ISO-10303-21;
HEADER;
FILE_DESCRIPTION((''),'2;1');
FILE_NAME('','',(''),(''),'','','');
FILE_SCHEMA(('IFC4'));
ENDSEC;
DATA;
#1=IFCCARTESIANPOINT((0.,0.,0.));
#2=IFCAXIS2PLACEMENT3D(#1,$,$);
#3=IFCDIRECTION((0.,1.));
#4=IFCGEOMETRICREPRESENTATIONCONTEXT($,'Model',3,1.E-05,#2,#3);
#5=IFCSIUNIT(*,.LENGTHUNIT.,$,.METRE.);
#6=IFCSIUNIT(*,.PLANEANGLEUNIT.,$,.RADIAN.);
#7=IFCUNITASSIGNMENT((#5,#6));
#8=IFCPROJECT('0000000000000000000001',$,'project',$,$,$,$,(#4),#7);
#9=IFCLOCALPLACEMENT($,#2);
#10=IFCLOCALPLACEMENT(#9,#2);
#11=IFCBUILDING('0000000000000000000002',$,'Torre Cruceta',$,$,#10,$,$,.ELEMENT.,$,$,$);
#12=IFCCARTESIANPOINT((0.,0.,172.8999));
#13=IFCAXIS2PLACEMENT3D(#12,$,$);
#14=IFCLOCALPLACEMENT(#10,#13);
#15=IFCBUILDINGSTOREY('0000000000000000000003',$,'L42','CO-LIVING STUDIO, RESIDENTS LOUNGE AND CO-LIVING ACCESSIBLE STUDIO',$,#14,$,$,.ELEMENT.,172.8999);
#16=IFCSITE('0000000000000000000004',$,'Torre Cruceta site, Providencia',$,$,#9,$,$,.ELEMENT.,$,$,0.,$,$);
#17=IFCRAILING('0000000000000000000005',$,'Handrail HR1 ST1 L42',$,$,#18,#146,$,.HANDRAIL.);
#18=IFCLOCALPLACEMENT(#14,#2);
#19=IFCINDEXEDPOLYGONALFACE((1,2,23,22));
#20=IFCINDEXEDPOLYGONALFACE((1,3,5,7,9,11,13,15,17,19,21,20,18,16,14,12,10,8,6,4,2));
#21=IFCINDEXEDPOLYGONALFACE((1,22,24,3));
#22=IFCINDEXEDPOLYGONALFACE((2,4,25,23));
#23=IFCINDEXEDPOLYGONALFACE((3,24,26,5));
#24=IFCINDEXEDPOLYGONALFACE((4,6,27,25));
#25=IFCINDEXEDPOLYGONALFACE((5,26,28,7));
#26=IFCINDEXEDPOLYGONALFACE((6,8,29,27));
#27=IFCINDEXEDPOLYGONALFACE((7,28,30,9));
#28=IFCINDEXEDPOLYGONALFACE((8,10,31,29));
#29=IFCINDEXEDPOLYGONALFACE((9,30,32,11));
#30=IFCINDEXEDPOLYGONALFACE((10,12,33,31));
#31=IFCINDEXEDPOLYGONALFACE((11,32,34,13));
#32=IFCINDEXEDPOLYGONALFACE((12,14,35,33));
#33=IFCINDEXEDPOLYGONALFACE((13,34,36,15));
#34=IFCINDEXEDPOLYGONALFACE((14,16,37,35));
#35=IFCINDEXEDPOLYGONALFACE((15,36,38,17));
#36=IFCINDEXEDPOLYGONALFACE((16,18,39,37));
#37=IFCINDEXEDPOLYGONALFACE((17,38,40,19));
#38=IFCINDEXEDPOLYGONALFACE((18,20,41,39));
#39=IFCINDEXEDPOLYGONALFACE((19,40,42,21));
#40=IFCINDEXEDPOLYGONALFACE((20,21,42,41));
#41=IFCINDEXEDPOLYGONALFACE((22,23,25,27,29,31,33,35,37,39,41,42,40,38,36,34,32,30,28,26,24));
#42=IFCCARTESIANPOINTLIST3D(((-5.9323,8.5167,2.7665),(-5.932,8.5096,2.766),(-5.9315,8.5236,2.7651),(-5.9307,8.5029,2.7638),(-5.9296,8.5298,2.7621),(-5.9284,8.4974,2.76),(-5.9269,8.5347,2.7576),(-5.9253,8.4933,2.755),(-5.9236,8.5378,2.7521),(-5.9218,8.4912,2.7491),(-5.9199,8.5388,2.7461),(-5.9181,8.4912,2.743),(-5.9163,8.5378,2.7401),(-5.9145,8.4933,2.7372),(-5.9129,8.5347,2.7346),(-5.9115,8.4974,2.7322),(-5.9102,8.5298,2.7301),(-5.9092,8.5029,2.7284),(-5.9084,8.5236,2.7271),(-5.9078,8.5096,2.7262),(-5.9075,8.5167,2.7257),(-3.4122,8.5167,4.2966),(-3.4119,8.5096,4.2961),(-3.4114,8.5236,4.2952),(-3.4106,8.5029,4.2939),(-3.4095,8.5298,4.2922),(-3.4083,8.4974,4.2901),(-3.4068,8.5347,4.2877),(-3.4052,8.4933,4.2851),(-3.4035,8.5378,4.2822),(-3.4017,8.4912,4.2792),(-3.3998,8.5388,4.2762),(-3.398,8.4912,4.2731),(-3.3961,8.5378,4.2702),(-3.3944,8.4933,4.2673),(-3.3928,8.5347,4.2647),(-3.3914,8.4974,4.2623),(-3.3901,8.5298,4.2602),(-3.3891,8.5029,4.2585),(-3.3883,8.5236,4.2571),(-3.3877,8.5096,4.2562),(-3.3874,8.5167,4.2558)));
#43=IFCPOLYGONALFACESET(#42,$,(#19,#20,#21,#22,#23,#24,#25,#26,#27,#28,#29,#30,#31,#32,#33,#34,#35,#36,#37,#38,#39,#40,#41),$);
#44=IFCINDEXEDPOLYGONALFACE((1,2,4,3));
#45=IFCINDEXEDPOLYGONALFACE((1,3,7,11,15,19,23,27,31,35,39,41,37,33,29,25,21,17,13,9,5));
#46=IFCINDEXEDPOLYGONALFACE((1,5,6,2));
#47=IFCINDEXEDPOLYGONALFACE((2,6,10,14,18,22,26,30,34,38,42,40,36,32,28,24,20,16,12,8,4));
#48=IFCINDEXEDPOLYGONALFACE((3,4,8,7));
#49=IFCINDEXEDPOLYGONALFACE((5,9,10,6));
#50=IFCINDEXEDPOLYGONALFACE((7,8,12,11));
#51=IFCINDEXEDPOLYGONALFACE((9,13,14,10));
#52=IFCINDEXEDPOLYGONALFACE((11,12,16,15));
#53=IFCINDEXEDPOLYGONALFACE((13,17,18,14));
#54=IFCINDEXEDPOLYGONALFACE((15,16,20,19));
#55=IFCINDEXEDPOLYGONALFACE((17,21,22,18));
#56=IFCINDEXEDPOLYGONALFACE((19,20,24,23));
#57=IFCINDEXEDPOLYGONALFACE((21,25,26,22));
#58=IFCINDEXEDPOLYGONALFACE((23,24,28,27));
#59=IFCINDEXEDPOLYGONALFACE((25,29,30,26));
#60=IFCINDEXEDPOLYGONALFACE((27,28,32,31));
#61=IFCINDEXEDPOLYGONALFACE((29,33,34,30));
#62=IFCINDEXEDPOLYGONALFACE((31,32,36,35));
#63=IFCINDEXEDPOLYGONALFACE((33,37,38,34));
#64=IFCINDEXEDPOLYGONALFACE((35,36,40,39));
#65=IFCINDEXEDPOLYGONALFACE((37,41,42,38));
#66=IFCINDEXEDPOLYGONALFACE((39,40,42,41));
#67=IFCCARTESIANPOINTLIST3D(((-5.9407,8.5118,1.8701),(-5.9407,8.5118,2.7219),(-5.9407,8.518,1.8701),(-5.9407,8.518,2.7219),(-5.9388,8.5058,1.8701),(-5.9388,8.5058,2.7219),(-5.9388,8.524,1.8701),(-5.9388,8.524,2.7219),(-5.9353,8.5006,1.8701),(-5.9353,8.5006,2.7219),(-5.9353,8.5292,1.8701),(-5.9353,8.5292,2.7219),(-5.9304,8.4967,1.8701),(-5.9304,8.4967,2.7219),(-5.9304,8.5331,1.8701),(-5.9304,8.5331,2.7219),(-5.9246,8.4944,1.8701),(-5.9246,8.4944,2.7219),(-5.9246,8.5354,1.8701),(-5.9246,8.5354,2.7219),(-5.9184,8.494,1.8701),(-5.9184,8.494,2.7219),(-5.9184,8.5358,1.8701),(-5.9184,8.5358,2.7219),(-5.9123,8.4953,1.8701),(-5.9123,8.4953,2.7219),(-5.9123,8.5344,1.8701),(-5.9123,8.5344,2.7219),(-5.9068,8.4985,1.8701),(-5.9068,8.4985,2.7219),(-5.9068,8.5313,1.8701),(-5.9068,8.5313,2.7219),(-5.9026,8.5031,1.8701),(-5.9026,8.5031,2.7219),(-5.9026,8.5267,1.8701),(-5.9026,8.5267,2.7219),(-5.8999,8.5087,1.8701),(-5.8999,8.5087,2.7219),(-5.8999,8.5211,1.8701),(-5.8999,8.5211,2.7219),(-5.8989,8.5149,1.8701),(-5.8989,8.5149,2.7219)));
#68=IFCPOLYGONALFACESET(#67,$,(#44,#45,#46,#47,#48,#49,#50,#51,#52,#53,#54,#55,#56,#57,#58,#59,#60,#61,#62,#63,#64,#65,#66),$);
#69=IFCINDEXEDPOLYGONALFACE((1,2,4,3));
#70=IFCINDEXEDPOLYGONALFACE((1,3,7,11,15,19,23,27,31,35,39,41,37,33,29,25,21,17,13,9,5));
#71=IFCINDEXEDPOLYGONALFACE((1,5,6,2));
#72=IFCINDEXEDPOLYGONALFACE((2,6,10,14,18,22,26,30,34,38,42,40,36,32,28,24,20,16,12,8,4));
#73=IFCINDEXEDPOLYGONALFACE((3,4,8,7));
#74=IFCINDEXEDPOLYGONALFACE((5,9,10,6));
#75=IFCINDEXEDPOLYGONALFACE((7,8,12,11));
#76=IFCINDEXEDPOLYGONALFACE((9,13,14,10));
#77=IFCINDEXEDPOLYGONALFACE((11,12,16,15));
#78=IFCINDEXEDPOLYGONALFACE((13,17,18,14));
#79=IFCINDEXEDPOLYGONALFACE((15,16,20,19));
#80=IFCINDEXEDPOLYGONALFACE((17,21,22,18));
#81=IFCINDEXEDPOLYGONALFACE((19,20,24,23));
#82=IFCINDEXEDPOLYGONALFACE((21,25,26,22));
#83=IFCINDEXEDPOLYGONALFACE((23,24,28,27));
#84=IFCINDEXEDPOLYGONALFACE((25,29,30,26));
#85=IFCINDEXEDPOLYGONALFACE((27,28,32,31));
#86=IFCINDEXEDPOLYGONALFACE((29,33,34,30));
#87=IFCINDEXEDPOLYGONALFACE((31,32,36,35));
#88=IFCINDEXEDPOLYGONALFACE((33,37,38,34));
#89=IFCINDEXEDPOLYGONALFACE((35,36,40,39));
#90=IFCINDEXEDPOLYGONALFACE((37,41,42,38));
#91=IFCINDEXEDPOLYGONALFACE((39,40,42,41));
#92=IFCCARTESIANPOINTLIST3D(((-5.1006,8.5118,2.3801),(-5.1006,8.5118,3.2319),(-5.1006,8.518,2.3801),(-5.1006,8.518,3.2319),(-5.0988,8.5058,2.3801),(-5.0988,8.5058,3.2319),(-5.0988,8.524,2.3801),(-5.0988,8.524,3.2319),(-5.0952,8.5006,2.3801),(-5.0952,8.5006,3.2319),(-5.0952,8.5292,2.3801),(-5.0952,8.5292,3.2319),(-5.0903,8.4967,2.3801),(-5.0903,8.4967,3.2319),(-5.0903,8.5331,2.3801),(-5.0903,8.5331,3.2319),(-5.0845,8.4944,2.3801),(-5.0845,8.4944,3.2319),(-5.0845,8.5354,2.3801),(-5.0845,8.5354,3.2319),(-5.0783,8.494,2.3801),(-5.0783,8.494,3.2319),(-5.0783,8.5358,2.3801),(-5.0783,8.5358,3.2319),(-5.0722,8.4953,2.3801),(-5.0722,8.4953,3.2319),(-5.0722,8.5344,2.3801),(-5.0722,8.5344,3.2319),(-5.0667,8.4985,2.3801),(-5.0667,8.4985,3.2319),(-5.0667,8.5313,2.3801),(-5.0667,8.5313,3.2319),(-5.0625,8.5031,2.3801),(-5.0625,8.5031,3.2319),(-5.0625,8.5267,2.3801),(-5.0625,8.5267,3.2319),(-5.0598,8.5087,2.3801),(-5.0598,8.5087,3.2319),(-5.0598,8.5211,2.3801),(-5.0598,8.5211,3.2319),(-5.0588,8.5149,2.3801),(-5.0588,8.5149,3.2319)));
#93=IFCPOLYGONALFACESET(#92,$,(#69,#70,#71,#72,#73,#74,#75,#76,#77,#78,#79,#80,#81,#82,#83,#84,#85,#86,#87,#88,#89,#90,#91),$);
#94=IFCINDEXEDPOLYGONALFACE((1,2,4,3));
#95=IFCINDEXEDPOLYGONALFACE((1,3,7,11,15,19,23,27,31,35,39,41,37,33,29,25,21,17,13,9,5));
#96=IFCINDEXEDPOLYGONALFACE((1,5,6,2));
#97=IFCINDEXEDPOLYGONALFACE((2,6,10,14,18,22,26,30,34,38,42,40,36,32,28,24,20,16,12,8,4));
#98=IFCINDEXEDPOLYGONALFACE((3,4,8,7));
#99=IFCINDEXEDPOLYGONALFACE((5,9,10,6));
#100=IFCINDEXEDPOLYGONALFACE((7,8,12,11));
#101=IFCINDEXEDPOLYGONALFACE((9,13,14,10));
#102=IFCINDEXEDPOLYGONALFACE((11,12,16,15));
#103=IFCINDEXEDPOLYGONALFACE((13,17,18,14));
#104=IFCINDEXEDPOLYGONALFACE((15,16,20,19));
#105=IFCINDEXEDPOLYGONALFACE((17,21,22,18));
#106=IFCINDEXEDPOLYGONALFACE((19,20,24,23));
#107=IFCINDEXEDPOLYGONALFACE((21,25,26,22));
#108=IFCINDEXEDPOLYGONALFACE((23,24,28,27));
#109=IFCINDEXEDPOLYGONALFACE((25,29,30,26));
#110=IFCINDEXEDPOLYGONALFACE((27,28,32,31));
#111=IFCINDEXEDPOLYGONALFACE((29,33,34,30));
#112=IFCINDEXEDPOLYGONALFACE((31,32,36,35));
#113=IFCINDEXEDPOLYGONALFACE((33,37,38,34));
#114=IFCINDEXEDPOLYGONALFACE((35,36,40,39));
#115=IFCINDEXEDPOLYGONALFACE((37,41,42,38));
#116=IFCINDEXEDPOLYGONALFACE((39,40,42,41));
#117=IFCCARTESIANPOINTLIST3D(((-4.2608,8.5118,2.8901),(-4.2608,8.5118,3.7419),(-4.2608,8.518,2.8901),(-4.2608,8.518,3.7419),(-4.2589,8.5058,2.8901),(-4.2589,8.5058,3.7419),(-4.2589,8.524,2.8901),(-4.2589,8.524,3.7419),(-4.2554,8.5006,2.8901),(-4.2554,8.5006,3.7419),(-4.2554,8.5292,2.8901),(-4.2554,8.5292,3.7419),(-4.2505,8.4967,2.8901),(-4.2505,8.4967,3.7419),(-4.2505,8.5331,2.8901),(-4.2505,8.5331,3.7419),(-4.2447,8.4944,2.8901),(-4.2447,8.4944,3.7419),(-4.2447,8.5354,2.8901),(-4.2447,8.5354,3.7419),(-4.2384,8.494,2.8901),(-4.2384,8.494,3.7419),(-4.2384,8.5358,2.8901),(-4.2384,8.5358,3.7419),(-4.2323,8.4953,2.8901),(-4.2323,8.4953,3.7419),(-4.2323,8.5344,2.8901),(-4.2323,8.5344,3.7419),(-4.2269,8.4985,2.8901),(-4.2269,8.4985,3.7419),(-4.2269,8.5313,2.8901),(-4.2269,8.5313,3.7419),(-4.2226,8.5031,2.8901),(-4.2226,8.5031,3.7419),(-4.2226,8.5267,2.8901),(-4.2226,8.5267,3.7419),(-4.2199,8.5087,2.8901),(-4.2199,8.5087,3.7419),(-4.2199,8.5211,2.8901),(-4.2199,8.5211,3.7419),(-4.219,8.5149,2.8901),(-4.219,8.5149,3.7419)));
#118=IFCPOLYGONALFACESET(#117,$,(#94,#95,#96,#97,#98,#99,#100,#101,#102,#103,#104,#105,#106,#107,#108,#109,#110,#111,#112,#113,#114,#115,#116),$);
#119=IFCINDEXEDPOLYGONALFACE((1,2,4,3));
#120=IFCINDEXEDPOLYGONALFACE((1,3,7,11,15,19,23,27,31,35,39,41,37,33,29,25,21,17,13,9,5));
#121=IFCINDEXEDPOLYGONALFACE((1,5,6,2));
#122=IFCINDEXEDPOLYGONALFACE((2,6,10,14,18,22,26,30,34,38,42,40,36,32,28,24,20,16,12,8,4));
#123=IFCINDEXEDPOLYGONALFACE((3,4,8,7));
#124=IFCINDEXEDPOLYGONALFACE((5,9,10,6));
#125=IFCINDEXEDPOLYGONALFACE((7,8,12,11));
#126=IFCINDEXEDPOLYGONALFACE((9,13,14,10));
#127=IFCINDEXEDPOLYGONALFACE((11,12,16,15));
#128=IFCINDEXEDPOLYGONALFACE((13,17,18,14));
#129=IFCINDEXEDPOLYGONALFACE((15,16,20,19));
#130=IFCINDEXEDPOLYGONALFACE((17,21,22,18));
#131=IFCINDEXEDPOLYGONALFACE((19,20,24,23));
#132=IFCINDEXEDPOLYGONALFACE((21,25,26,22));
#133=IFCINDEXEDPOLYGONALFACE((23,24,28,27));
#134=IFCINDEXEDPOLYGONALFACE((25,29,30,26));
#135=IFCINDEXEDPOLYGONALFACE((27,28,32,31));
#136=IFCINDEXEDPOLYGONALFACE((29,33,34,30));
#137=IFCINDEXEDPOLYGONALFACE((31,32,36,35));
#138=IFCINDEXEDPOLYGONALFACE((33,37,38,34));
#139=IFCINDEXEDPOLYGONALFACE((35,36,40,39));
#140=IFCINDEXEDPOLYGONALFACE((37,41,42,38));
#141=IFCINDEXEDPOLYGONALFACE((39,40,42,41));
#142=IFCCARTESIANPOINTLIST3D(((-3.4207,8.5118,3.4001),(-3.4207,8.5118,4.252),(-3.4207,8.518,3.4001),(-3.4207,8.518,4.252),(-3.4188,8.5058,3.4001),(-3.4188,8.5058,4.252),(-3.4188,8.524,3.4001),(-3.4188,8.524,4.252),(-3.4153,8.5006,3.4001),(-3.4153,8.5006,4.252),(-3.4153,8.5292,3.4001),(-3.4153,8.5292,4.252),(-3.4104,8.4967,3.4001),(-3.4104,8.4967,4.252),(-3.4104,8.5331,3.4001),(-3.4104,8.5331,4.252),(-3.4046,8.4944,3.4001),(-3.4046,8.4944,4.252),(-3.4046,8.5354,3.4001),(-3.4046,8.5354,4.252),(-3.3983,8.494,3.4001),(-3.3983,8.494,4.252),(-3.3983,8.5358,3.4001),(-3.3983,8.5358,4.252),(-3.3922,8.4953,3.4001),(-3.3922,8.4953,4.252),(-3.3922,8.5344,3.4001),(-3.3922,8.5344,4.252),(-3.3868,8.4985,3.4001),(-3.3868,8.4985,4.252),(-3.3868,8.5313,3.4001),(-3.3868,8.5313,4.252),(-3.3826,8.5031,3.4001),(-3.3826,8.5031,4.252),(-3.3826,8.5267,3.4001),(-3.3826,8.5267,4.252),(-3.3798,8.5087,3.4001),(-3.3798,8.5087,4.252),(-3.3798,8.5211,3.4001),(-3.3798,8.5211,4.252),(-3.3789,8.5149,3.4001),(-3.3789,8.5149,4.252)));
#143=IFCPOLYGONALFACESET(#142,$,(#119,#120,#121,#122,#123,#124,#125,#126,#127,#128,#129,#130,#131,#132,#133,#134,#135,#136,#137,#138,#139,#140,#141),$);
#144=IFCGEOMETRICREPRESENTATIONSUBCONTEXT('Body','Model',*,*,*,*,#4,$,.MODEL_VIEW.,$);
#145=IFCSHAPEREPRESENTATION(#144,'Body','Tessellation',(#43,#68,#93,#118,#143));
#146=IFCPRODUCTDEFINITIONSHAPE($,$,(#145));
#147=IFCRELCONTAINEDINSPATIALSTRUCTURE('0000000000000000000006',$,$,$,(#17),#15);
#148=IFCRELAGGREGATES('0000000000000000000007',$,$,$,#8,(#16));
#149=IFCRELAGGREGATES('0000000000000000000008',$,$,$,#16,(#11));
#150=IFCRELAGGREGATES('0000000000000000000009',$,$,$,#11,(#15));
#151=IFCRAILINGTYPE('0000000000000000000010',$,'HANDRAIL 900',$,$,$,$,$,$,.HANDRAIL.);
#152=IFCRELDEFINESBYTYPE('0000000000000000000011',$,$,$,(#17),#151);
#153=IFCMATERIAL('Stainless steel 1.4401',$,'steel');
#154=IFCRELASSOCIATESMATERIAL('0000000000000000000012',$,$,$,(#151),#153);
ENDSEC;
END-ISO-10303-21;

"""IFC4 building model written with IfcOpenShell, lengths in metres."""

from ifc_helpers import new_model, si_unit, direction, frame, origin, origin_2d, place, context, subcontext, project, spatial, circle, extrude, material, type_object, element, save


model = new_model("IFC4")

# Units and contexts
model_context = context("Model", 3, precision=1e-05, world=origin(), true_north=direction((0.0, 1.0)))
body_context = subcontext(model_context, "Body", "Model", "MODEL_VIEW")
ifc_project = project(units=[si_unit("LENGTHUNIT", "METRE"), si_unit("PLANEANGLEUNIT", "RADIAN")], contexts=[model_context])

# Site, building, storey
site_placement = place(None, origin())
site = spatial("IfcSite", under=ifc_project, at=site_placement, Name="Torre Cruceta site, Providencia", CompositionType="ELEMENT", RefElevation=0.0)
building_placement = place(site_placement, origin())
building = spatial("IfcBuilding", under=site, at=building_placement, Name="Torre Cruceta", CompositionType="ELEMENT")
storey_placement = place(building_placement, frame((0.0, 0.0, 172.8999)))
storey = spatial("IfcBuildingStorey", under=building, at=storey_placement, Name="L42", Description="CO-LIVING STUDIO, RESIDENTS LOUNGE AND CO-LIVING ACCESSIBLE STUDIO", CompositionType="ELEMENT", Elevation=172.8999)

# Railing
ifc_material_1 = material(Name="Stainless steel 1.4401", Category="steel")
railing_type = type_object("IfcRailingType", Name="HANDRAIL 900", PredefinedType="HANDRAIL", material=ifc_material_1)
railing_1_placement = place(storey_placement, frame((-5.9199, 8.5149, 1.8701)))
element("IfcRailing", 1, at=railing_1_placement, inside=storey, type_object=railing_type, Name="Handrail HR1 ST1 L42", PredefinedType="HANDRAIL", context=body_context, shape_type="SweptSolid", body=[
    extrude(circle(Radius=0.0239, at=origin_2d()), frame((0.0, 0.0, 0.876), z_axis=(0.854785, 0.0, 0.518982), x_axis=(0.0, 1.0, 0.0)), (0.0, 0.0, 1.0), 2.9482),
    extrude(circle(Radius=0.021, at=origin_2d()), origin(), (0.0, 0.0, 1.0), 0.8518),
    extrude(circle(Radius=0.021, at=origin_2d()), frame((0.8401, 0.0, 0.51)), (0.0, 0.0, 1.0), 0.8518),
    extrude(circle(Radius=0.021, at=origin_2d()), frame((1.6799, 0.0, 1.02)), (0.0, 0.0, 1.0), 0.8518),
    extrude(circle(Radius=0.021, at=origin_2d()), frame((2.52, 0.0, 1.53)), (0.0, 0.0, 1.0), 0.8518),
])

save(model, "model.ifc")
